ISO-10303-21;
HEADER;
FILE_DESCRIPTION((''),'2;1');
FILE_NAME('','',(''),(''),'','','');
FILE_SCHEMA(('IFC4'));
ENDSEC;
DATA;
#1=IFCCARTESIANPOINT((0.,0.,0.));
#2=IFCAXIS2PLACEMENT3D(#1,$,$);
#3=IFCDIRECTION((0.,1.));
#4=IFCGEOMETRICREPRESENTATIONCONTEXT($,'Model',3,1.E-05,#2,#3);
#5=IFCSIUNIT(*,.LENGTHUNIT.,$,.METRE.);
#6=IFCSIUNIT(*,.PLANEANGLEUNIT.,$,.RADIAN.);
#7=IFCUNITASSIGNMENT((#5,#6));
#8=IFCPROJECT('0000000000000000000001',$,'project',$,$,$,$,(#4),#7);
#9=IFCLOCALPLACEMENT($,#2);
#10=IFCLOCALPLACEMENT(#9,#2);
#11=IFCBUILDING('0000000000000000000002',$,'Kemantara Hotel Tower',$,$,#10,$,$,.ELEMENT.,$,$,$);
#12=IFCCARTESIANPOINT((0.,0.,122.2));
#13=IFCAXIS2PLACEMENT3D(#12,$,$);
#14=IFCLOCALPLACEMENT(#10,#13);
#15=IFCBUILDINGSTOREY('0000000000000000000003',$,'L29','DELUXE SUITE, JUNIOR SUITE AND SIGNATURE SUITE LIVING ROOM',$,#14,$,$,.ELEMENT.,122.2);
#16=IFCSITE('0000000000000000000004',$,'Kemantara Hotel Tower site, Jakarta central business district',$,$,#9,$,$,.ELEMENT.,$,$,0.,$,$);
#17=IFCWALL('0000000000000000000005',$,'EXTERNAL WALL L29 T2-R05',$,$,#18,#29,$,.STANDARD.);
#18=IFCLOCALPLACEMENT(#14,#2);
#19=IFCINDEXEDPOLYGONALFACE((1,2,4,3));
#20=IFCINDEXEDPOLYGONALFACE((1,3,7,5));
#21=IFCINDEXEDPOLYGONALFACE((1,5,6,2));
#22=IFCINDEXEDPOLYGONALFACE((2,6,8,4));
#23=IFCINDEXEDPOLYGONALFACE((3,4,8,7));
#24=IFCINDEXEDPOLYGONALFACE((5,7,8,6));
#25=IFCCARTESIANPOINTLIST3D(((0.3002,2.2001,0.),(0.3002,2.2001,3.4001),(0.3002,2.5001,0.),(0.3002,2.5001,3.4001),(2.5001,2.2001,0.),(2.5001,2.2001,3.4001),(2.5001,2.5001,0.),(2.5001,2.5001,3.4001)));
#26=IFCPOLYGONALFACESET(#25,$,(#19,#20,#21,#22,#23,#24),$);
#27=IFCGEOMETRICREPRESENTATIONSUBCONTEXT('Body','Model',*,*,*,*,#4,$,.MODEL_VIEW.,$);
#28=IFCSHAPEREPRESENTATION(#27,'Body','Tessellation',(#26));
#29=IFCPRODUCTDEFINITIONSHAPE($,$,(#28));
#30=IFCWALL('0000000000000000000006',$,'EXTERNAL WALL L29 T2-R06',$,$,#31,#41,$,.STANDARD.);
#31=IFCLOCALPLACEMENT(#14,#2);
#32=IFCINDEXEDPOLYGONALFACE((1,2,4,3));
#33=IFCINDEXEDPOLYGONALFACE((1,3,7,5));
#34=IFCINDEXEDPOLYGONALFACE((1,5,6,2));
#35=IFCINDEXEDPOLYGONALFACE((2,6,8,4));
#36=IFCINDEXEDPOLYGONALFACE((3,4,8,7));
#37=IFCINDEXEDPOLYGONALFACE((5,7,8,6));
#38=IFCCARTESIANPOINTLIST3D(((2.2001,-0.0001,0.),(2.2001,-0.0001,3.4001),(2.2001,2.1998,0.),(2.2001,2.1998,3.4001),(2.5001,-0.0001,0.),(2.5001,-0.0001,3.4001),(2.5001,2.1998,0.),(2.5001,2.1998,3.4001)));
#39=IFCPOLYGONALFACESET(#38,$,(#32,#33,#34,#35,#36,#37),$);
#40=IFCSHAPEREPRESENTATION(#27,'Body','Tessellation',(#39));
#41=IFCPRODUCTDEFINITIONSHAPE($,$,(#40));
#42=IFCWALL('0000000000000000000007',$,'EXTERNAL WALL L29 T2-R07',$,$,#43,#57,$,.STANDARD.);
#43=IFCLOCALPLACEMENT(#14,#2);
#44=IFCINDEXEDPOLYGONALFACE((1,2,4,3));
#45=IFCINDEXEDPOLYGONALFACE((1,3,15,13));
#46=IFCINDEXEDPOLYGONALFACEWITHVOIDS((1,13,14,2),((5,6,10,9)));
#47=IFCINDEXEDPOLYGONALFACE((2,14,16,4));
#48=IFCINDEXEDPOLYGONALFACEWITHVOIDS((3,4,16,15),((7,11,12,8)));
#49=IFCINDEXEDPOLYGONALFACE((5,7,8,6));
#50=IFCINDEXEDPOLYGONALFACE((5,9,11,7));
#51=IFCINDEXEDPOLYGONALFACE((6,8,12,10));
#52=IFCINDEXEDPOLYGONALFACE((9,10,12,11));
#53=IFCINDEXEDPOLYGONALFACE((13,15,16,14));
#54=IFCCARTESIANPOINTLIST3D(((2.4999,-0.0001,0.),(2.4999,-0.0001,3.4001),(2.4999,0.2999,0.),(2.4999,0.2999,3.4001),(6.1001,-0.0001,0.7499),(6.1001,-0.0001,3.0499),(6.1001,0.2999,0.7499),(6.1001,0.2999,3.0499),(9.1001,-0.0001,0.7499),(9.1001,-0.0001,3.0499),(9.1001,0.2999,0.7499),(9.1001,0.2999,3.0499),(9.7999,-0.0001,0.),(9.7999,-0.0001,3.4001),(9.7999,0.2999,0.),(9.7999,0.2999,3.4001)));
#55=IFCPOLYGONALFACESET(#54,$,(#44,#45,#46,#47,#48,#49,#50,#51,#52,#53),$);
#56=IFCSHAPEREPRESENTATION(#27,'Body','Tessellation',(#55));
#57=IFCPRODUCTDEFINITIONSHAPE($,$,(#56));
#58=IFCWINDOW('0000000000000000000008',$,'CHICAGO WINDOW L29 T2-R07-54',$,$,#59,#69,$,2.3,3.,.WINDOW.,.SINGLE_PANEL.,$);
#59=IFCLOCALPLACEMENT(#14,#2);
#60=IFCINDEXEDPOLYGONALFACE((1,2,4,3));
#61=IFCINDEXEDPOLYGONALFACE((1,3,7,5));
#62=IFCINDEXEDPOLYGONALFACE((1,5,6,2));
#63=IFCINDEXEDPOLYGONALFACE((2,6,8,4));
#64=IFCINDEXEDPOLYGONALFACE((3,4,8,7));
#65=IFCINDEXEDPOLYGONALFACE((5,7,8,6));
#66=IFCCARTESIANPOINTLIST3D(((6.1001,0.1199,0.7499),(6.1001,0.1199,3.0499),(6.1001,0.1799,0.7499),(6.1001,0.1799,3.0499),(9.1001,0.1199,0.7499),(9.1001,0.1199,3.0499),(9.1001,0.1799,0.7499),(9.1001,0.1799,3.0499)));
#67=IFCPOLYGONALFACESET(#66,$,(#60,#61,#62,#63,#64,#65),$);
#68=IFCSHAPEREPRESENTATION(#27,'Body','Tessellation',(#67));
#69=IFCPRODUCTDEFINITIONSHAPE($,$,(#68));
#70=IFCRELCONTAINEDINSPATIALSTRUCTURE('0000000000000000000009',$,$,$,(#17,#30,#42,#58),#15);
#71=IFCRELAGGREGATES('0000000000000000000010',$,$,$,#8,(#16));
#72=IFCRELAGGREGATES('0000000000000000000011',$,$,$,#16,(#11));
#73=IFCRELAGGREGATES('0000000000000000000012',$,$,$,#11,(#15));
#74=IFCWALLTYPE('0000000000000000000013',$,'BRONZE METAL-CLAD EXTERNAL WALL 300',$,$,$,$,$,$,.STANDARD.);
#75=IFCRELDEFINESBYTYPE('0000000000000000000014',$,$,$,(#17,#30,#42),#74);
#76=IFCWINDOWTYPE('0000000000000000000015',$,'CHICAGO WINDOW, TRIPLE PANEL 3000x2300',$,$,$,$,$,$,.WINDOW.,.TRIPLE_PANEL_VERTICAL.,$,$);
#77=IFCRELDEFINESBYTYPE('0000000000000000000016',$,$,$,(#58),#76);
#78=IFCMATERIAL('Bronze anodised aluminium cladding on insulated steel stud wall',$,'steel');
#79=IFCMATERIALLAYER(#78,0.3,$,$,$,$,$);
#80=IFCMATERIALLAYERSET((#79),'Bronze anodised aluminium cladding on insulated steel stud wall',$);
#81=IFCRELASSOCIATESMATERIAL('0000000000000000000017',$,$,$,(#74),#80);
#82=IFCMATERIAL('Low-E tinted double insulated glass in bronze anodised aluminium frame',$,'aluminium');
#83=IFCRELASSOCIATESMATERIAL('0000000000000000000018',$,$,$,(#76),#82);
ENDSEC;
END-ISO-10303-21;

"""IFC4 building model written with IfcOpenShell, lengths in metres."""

from ifc_helpers import new_model, si_unit, direction, frame, frame_2d, origin, place, context, subcontext, project, spatial, rectangle, extrude, material, layer, layer_set, type_object, element, fill, save


model = new_model("IFC4")

# Units and contexts
model_context = context("Model", 3, precision=1e-05, world=origin(), true_north=direction((0.0, 1.0)))
body_context = subcontext(model_context, "Body", "Model", "MODEL_VIEW")
ifc_project = project(units=[si_unit("LENGTHUNIT", "METRE"), si_unit("PLANEANGLEUNIT", "RADIAN")], contexts=[model_context])

# Site, building, storey
site_placement = place(None, origin())
site = spatial("IfcSite", under=ifc_project, at=site_placement, Name="Kemantara Hotel Tower site, Jakarta central business district", CompositionType="ELEMENT", RefElevation=0.0)
building_placement = place(site_placement, origin())
building = spatial("IfcBuilding", under=site, at=building_placement, Name="Kemantara Hotel Tower", CompositionType="ELEMENT")
storey_placement = place(building_placement, frame((0.0, 0.0, 122.2)))
storey = spatial("IfcBuildingStorey", under=building, at=storey_placement, Name="L29", Description="DELUXE SUITE, JUNIOR SUITE AND SIGNATURE SUITE LIVING ROOM", CompositionType="ELEMENT", Elevation=122.2)

# Walls
ifc_material_1 = material(Name="Bronze anodised aluminium cladding on insulated steel stud wall", Category="steel")
ifc_layer_1 = layer(ifc_material_1, 0.3)
ifc_layer_set_1 = layer_set([ifc_layer_1], Name="Bronze anodised aluminium cladding on insulated steel stud wall")
wall_type = type_object("IfcWallType", Name="BRONZE METAL-CLAD EXTERNAL WALL 300", PredefinedType="STANDARD", material=ifc_layer_set_1)
for number, where, z_axis, x_axis, name in (
    (1, (0.3, 2.3501, 0.0), (0.0, 0.0, 1.0), (1.0, 0.0, 0.0), "EXTERNAL WALL L29 T2-R05"),
    (2, (2.3501, 2.2, 0.0), (0.0, 0.0, 1.0), (0.0, -1.0, 0.0), "EXTERNAL WALL L29 T2-R06"),
):
    element("IfcWall", number, at=place(storey_placement, frame(where, z_axis=z_axis, x_axis=x_axis)), inside=storey, type_object=wall_type, Name=name, PredefinedType="STANDARD", context=body_context, shape_type="SweptSolid", body=[
        extrude(rectangle(XDim=2.2, YDim=0.3, at=frame_2d((1.1001, 0.0))), origin(), (0.0, 0.0, 1.0), 3.4001),
    ])

# Wall, opening, window
wall_placement = place(storey_placement, frame((2.5, 0.1499, 0.0), z_axis=(0.0, 0.0, 1.0), x_axis=(1.0, 0.0, 0.0)))
wall = element("IfcWall", 3, at=wall_placement, inside=storey, type_object=wall_type, Name="EXTERNAL WALL L29 T2-R07", PredefinedType="STANDARD", context=body_context, shape_type="SweptSolid", body=[
    extrude(rectangle(XDim=7.3, YDim=0.3, at=frame_2d((3.6499, 0.0))), origin(), (0.0, 0.0, 1.0), 3.4001),
])
opening_placement = place(wall_placement, frame((3.6001, 0.0, 0.75)))
opening = element("IfcOpeningElement", 4, at=opening_placement, cuts=wall, PredefinedType="OPENING", context=body_context, shape_type="SweptSolid", body=[
    extrude(rectangle(XDim=3.0, YDim=2.3, at=frame_2d((1.5, 1.1499))), frame((0.0, 0.1599, 0.0), z_axis=(0.0, -1.0, 0.0), x_axis=(1.0, 0.0, 0.0)), (0.0, 0.0, 1.0), 0.3201),
])
ifc_material_2 = material(Name="Low-E tinted double insulated glass in bronze anodised aluminium frame", Category="aluminium")
window_type = type_object("IfcWindowType", Name="CHICAGO WINDOW, TRIPLE PANEL 3000x2300", PartitioningType="TRIPLE_PANEL_VERTICAL", PredefinedType="WINDOW", material=ifc_material_2)
window_placement = place(opening_placement, origin())
window = element("IfcWindow", 5, at=window_placement, inside=storey, type_object=window_type, Name="CHICAGO WINDOW L29 T2-R07-54", OverallHeight=2.3, OverallWidth=3.0, PartitioningType="SINGLE_PANEL", PredefinedType="WINDOW", context=body_context, shape_type="SweptSolid", body=[
    extrude(rectangle(XDim=3.0, YDim=2.3, at=frame_2d((1.5, 1.1499))), frame((0.0, 0.03, 0.0), z_axis=(0.0, -1.0, 0.0), x_axis=(1.0, 0.0, 0.0)), (0.0, 0.0, 1.0), 0.0601),
])
fill(opening, window)

save(model, "model.ifc")
